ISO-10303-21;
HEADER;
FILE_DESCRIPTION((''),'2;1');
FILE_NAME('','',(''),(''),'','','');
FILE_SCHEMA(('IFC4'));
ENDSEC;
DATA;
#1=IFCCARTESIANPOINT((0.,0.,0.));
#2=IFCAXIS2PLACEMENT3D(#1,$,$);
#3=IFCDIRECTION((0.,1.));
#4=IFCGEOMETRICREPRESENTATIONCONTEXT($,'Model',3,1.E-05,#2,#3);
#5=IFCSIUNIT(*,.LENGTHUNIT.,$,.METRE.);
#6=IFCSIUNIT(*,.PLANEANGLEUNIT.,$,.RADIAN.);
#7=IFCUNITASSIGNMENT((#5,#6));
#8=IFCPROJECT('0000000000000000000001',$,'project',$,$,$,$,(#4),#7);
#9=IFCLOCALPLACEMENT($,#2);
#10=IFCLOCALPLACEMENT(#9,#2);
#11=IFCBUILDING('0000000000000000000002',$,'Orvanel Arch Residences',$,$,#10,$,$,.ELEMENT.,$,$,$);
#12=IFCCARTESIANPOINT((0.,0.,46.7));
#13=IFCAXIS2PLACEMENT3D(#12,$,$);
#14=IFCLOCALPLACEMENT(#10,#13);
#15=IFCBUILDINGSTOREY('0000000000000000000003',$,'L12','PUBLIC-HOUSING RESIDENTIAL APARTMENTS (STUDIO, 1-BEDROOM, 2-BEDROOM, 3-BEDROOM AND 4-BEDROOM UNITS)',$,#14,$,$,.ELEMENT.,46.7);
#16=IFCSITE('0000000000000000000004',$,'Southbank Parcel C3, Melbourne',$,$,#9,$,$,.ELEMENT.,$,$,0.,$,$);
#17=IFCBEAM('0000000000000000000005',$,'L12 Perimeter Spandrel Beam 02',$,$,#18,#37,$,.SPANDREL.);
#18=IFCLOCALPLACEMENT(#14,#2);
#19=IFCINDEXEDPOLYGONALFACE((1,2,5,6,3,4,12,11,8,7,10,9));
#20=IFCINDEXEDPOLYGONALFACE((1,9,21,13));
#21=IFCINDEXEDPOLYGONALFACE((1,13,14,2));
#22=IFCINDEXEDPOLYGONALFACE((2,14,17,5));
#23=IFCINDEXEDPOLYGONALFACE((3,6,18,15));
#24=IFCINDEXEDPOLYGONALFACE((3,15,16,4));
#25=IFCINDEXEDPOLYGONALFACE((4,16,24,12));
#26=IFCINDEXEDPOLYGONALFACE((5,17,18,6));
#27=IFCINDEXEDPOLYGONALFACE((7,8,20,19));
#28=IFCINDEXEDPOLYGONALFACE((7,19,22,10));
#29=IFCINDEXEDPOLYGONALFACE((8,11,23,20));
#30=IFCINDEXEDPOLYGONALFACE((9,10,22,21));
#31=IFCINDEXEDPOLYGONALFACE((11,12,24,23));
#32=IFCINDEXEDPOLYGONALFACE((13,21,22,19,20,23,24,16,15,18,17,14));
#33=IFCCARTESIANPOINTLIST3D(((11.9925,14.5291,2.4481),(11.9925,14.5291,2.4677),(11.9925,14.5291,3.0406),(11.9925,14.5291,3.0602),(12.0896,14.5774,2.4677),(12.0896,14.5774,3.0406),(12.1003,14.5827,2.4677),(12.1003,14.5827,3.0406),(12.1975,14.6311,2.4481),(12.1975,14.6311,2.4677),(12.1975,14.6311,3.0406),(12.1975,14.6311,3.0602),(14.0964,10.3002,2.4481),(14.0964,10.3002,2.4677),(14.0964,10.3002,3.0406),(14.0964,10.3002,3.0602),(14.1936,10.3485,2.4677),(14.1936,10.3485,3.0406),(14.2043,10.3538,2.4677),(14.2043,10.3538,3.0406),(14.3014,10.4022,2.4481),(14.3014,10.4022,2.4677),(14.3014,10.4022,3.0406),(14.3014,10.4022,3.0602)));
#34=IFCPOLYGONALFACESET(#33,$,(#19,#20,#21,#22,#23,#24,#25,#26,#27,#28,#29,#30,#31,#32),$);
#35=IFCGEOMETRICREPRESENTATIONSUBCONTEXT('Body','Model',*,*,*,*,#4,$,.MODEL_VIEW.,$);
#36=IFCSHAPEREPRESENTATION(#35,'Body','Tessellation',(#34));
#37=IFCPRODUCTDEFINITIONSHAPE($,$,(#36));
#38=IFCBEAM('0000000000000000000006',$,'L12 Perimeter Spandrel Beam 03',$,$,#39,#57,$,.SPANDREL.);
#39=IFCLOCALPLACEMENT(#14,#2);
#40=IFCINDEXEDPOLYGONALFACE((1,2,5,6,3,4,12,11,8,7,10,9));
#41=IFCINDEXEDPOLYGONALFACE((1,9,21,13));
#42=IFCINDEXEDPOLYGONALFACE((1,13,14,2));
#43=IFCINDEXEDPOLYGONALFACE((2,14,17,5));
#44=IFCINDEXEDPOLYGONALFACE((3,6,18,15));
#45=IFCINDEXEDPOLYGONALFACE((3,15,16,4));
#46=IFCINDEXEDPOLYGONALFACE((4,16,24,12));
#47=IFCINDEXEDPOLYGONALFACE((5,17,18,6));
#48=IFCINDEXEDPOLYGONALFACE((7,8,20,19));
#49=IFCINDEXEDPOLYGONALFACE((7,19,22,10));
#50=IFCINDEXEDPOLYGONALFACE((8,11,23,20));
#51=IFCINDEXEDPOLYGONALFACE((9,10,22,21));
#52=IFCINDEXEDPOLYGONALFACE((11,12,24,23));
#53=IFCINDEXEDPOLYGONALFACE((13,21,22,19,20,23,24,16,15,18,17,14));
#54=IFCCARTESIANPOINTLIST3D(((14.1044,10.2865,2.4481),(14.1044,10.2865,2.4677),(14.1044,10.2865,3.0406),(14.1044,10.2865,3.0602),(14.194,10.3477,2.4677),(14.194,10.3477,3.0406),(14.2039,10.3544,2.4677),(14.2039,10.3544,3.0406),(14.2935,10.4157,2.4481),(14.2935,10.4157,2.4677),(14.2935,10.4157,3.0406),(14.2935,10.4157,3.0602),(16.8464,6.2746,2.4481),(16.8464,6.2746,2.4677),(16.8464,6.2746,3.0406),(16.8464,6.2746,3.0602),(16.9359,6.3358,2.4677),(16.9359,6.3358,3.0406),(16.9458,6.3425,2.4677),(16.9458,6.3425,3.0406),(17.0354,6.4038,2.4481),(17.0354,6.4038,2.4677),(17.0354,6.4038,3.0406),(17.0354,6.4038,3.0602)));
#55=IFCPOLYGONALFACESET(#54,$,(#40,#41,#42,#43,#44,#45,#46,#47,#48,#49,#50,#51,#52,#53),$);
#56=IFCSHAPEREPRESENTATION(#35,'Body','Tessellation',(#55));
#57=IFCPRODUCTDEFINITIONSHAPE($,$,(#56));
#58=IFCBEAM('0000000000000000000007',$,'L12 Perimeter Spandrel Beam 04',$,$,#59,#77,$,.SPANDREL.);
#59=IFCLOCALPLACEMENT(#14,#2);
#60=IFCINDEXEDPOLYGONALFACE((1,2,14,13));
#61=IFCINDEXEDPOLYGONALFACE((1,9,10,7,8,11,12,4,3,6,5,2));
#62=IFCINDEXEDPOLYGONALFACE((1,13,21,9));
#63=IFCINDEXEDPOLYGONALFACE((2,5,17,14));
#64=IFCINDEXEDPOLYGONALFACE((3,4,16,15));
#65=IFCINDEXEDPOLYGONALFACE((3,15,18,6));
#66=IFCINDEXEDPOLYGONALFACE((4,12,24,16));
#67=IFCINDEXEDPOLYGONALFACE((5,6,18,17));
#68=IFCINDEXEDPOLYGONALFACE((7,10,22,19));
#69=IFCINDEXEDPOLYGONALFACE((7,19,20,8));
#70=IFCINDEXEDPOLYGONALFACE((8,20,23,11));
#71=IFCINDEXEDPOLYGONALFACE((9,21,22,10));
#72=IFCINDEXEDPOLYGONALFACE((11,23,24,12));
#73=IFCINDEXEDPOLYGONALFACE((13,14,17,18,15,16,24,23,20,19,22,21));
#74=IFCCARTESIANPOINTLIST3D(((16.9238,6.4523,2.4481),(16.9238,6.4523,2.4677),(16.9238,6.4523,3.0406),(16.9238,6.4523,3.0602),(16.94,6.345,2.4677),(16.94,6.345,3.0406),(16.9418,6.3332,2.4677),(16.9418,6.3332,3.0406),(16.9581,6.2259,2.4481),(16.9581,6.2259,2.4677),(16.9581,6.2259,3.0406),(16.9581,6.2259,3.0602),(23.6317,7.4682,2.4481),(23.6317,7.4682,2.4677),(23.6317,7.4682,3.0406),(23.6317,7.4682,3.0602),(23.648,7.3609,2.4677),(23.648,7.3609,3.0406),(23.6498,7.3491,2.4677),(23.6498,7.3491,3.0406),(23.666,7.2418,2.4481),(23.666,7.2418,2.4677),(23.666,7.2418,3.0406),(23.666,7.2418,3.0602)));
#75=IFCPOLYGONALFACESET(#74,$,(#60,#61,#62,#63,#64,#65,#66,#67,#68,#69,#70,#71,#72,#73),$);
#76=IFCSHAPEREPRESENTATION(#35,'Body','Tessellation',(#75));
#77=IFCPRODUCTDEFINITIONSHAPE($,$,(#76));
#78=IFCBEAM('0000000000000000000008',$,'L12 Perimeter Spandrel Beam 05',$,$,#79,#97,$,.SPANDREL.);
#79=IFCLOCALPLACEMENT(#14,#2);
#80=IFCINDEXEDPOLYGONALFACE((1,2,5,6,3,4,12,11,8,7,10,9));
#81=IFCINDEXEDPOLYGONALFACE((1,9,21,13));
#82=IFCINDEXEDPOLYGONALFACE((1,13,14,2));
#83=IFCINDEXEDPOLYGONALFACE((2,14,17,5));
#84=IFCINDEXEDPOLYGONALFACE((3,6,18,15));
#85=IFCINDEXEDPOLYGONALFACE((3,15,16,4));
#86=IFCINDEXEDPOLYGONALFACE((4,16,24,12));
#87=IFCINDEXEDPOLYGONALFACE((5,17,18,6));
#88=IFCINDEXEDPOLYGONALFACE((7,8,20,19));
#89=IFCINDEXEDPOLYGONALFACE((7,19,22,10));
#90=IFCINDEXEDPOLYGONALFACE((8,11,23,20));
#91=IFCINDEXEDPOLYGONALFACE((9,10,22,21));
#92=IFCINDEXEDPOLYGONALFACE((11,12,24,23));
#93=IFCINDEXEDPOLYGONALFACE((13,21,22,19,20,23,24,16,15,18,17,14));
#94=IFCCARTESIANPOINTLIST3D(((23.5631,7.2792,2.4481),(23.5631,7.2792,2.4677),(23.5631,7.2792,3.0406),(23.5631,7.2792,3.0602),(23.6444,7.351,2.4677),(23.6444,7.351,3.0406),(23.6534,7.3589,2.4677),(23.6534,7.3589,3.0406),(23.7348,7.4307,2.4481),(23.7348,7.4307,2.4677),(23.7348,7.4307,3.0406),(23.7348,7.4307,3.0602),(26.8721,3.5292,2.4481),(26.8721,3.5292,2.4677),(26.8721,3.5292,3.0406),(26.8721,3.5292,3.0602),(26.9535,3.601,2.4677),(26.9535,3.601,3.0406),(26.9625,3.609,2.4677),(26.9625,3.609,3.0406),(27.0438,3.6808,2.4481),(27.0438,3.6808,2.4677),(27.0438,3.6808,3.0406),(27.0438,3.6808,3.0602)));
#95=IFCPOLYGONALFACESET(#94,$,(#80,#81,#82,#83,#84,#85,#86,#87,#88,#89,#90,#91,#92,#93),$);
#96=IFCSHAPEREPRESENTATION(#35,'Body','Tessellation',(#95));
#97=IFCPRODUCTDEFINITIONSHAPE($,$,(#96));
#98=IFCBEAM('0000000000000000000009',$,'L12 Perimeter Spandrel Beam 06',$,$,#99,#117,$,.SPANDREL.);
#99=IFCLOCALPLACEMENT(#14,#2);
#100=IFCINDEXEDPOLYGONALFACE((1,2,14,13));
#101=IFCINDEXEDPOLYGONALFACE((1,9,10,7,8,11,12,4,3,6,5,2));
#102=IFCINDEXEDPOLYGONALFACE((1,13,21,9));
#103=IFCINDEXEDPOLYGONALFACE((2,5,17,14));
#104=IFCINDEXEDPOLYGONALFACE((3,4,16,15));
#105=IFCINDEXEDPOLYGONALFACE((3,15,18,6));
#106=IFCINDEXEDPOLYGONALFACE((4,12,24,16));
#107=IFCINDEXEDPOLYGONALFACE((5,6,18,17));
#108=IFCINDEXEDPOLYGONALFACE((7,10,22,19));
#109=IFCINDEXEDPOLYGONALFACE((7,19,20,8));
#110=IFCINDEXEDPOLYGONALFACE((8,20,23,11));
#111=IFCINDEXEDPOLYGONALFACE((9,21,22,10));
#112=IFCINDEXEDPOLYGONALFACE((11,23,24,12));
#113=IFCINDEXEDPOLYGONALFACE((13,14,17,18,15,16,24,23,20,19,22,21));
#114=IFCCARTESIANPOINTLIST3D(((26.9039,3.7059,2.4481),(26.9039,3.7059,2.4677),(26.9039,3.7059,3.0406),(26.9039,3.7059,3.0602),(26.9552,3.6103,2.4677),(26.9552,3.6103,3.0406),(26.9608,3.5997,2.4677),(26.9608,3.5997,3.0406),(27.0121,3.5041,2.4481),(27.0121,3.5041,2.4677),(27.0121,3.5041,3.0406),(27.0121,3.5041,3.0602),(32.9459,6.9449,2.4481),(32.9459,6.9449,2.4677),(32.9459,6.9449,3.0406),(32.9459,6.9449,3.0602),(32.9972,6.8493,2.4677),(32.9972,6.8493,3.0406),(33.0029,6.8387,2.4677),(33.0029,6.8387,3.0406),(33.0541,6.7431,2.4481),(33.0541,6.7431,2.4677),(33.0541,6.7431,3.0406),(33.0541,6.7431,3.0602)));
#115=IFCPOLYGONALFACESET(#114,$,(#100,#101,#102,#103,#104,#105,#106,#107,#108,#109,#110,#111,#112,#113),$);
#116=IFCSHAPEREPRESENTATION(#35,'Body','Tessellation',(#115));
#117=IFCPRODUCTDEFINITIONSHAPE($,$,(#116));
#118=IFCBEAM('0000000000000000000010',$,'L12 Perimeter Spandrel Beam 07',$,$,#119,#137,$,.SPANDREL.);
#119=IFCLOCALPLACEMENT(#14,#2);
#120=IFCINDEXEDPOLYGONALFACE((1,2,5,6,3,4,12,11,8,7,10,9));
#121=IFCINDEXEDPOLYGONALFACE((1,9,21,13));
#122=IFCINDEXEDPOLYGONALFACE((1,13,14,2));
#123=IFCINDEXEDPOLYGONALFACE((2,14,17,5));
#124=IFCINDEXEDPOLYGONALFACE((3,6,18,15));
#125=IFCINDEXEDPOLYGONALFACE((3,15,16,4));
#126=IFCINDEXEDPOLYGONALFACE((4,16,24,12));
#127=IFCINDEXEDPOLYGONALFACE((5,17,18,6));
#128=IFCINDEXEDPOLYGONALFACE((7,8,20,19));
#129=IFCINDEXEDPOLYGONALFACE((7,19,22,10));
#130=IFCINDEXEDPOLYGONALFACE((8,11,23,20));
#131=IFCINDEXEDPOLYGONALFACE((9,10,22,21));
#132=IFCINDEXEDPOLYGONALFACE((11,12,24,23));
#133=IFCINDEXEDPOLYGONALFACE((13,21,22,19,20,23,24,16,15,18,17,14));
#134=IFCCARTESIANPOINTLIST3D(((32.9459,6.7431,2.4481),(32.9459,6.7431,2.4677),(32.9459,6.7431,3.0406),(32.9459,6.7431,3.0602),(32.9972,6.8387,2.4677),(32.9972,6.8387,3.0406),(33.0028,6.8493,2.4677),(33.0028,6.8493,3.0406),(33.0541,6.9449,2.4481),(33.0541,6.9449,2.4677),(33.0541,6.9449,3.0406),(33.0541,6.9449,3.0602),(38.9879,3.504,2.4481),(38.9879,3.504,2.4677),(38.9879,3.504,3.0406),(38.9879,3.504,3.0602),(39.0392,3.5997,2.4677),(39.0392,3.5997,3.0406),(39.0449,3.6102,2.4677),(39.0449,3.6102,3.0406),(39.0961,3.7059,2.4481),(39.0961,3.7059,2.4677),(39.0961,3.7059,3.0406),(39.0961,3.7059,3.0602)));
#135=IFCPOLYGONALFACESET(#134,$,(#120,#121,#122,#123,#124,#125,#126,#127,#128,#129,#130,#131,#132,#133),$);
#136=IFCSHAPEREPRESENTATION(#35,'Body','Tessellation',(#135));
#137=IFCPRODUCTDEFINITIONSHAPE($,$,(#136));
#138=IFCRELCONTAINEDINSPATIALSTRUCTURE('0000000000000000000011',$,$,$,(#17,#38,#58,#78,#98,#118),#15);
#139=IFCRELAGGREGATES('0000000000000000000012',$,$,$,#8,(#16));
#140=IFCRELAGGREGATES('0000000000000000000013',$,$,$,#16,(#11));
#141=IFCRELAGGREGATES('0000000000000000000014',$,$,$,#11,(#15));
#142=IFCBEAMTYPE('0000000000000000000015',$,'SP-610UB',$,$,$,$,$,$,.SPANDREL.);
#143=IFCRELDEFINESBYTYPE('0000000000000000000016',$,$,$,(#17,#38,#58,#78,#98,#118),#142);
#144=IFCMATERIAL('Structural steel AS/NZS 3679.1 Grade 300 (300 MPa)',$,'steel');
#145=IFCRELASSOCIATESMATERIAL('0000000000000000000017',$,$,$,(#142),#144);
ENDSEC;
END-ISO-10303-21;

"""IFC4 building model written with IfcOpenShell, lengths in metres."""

from ifc_helpers import new_model, si_unit, direction, frame, origin, origin_2d, place, context, subcontext, project, spatial, i_section, extrude, material, material_profile, profile_set, type_object, element, save


model = new_model("IFC4")

# Units and contexts
model_context = context("Model", 3, precision=1e-05, world=origin(), true_north=direction((0.0, 1.0)))
body_context = subcontext(model_context, "Body", "Model", "MODEL_VIEW")
ifc_project = project(units=[si_unit("LENGTHUNIT", "METRE"), si_unit("PLANEANGLEUNIT", "RADIAN")], contexts=[model_context])

# Site, building, storey
site_placement = place(None, origin())
site = spatial("IfcSite", under=ifc_project, at=site_placement, Name="Southbank Parcel C3, Melbourne", CompositionType="ELEMENT", RefElevation=0.0)
building_placement = place(site_placement, origin())
building = spatial("IfcBuilding", under=site, at=building_placement, Name="Orvanel Arch Residences", CompositionType="ELEMENT")
storey_placement = place(building_placement, frame((0.0, 0.0, 46.7)))
storey = spatial("IfcBuildingStorey", under=building, at=storey_placement, Name="L12", Description="PUBLIC-HOUSING RESIDENTIAL APARTMENTS (STUDIO, 1-BEDROOM, 2-BEDROOM, 3-BEDROOM AND 4-BEDROOM UNITS)", CompositionType="ELEMENT", Elevation=46.7)

# Beams
ifc_material_1 = material(Name="Structural steel AS/NZS 3679.1 Grade 300 (300 MPa)", Category="steel")
ifc_material_profile_1 = material_profile(ifc_material_1, i_section(OverallWidth=0.229, OverallDepth=0.6121, WebThickness=0.012, FlangeThickness=0.0195, at=origin_2d()), Name="610UB125")
ifc_profile_set_1 = profile_set([ifc_material_profile_1], Name="Structural steel AS/NZS 3679.1 Grade 300 (300 MPa)")
beam_type = type_object("IfcBeamType", Name="SP-610UB", PredefinedType="SPANDREL", material=ifc_profile_set_1)
beam_1_placement = place(storey_placement, frame((12.095, 14.5801, 2.7542), z_axis=(0.445435, -0.895314, 0.0), x_axis=(0.895314, 0.445435, 0.0)))
element("IfcBeam", 1, at=beam_1_placement, inside=storey, type_object=beam_type, Name="L12 Perimeter Spandrel Beam 02", PredefinedType="SPANDREL", context=body_context, shape_type="SweptSolid", body=[
    extrude(i_section(OverallWidth=0.229, OverallDepth=0.6121, WebThickness=0.012, FlangeThickness=0.0195, at=origin_2d()), origin(), (0.0, 0.0, 1.0), 4.7234),
])
beam_2_placement = place(storey_placement, frame((14.199, 10.3511, 2.7542), z_axis=(0.564252, -0.825603, 0.0), x_axis=(0.825603, 0.564252, 0.0)))
element("IfcBeam", 2, at=beam_2_placement, inside=storey, type_object=beam_type, Name="L12 Perimeter Spandrel Beam 03", PredefinedType="SPANDREL", context=body_context, shape_type="SweptSolid", body=[
    extrude(i_section(OverallWidth=0.229, OverallDepth=0.6121, WebThickness=0.012, FlangeThickness=0.0195, at=origin_2d()), origin(), (0.0, 0.0, 1.0), 4.8594),
])
beam_3_placement = place(storey_placement, frame((16.9409, 6.3391, 2.7542), z_axis=(0.988726, 0.149734, 0.0), x_axis=(-0.149734, 0.988726, 0.0)))
element("IfcBeam", 3, at=beam_3_placement, inside=storey, type_object=beam_type, Name="L12 Perimeter Spandrel Beam 04", PredefinedType="SPANDREL", context=body_context, shape_type="SweptSolid", body=[
    extrude(i_section(OverallWidth=0.229, OverallDepth=0.6121, WebThickness=0.012, FlangeThickness=0.0195, at=origin_2d()), origin(), (0.0, 0.0, 1.0), 6.7844),
])
beam_4_placement = place(storey_placement, frame((23.6489, 7.355, 2.7542), z_axis=(0.661651, -0.749812, 0.0), x_axis=(0.749812, 0.661651, 0.0)))
element("IfcBeam", 4, at=beam_4_placement, inside=storey, type_object=beam_type, Name="L12 Perimeter Spandrel Beam 05", PredefinedType="SPANDREL", context=body_context, shape_type="SweptSolid", body=[
    extrude(i_section(OverallWidth=0.229, OverallDepth=0.6121, WebThickness=0.012, FlangeThickness=0.0195, at=origin_2d()), origin(), (0.0, 0.0, 1.0), 5.0012),
])
for number, where, z_axis, x_axis, name in (
    (5, (26.958, 3.605, 2.7542), (0.881344, 0.472474, 0.0), (-0.472474, 0.881344, 0.0), "L12 Perimeter Spandrel Beam 06"),
    (6, (33.0, 6.844, 2.7542), (0.881344, -0.472474, 0.0), (0.472474, 0.881344, 0.0), "L12 Perimeter Spandrel Beam 07"),
):
    element("IfcBeam", number, at=place(storey_placement, frame(where, z_axis=z_axis, x_axis=x_axis)), inside=storey, type_object=beam_type, Name=name, PredefinedType="SPANDREL", context=body_context, shape_type="SweptSolid", body=[
        extrude(i_section(OverallWidth=0.229, OverallDepth=0.6121, WebThickness=0.012, FlangeThickness=0.0195, at=origin_2d()), origin(), (0.0, 0.0, 1.0), 6.8555),
    ])

save(model, "model.ifc")
